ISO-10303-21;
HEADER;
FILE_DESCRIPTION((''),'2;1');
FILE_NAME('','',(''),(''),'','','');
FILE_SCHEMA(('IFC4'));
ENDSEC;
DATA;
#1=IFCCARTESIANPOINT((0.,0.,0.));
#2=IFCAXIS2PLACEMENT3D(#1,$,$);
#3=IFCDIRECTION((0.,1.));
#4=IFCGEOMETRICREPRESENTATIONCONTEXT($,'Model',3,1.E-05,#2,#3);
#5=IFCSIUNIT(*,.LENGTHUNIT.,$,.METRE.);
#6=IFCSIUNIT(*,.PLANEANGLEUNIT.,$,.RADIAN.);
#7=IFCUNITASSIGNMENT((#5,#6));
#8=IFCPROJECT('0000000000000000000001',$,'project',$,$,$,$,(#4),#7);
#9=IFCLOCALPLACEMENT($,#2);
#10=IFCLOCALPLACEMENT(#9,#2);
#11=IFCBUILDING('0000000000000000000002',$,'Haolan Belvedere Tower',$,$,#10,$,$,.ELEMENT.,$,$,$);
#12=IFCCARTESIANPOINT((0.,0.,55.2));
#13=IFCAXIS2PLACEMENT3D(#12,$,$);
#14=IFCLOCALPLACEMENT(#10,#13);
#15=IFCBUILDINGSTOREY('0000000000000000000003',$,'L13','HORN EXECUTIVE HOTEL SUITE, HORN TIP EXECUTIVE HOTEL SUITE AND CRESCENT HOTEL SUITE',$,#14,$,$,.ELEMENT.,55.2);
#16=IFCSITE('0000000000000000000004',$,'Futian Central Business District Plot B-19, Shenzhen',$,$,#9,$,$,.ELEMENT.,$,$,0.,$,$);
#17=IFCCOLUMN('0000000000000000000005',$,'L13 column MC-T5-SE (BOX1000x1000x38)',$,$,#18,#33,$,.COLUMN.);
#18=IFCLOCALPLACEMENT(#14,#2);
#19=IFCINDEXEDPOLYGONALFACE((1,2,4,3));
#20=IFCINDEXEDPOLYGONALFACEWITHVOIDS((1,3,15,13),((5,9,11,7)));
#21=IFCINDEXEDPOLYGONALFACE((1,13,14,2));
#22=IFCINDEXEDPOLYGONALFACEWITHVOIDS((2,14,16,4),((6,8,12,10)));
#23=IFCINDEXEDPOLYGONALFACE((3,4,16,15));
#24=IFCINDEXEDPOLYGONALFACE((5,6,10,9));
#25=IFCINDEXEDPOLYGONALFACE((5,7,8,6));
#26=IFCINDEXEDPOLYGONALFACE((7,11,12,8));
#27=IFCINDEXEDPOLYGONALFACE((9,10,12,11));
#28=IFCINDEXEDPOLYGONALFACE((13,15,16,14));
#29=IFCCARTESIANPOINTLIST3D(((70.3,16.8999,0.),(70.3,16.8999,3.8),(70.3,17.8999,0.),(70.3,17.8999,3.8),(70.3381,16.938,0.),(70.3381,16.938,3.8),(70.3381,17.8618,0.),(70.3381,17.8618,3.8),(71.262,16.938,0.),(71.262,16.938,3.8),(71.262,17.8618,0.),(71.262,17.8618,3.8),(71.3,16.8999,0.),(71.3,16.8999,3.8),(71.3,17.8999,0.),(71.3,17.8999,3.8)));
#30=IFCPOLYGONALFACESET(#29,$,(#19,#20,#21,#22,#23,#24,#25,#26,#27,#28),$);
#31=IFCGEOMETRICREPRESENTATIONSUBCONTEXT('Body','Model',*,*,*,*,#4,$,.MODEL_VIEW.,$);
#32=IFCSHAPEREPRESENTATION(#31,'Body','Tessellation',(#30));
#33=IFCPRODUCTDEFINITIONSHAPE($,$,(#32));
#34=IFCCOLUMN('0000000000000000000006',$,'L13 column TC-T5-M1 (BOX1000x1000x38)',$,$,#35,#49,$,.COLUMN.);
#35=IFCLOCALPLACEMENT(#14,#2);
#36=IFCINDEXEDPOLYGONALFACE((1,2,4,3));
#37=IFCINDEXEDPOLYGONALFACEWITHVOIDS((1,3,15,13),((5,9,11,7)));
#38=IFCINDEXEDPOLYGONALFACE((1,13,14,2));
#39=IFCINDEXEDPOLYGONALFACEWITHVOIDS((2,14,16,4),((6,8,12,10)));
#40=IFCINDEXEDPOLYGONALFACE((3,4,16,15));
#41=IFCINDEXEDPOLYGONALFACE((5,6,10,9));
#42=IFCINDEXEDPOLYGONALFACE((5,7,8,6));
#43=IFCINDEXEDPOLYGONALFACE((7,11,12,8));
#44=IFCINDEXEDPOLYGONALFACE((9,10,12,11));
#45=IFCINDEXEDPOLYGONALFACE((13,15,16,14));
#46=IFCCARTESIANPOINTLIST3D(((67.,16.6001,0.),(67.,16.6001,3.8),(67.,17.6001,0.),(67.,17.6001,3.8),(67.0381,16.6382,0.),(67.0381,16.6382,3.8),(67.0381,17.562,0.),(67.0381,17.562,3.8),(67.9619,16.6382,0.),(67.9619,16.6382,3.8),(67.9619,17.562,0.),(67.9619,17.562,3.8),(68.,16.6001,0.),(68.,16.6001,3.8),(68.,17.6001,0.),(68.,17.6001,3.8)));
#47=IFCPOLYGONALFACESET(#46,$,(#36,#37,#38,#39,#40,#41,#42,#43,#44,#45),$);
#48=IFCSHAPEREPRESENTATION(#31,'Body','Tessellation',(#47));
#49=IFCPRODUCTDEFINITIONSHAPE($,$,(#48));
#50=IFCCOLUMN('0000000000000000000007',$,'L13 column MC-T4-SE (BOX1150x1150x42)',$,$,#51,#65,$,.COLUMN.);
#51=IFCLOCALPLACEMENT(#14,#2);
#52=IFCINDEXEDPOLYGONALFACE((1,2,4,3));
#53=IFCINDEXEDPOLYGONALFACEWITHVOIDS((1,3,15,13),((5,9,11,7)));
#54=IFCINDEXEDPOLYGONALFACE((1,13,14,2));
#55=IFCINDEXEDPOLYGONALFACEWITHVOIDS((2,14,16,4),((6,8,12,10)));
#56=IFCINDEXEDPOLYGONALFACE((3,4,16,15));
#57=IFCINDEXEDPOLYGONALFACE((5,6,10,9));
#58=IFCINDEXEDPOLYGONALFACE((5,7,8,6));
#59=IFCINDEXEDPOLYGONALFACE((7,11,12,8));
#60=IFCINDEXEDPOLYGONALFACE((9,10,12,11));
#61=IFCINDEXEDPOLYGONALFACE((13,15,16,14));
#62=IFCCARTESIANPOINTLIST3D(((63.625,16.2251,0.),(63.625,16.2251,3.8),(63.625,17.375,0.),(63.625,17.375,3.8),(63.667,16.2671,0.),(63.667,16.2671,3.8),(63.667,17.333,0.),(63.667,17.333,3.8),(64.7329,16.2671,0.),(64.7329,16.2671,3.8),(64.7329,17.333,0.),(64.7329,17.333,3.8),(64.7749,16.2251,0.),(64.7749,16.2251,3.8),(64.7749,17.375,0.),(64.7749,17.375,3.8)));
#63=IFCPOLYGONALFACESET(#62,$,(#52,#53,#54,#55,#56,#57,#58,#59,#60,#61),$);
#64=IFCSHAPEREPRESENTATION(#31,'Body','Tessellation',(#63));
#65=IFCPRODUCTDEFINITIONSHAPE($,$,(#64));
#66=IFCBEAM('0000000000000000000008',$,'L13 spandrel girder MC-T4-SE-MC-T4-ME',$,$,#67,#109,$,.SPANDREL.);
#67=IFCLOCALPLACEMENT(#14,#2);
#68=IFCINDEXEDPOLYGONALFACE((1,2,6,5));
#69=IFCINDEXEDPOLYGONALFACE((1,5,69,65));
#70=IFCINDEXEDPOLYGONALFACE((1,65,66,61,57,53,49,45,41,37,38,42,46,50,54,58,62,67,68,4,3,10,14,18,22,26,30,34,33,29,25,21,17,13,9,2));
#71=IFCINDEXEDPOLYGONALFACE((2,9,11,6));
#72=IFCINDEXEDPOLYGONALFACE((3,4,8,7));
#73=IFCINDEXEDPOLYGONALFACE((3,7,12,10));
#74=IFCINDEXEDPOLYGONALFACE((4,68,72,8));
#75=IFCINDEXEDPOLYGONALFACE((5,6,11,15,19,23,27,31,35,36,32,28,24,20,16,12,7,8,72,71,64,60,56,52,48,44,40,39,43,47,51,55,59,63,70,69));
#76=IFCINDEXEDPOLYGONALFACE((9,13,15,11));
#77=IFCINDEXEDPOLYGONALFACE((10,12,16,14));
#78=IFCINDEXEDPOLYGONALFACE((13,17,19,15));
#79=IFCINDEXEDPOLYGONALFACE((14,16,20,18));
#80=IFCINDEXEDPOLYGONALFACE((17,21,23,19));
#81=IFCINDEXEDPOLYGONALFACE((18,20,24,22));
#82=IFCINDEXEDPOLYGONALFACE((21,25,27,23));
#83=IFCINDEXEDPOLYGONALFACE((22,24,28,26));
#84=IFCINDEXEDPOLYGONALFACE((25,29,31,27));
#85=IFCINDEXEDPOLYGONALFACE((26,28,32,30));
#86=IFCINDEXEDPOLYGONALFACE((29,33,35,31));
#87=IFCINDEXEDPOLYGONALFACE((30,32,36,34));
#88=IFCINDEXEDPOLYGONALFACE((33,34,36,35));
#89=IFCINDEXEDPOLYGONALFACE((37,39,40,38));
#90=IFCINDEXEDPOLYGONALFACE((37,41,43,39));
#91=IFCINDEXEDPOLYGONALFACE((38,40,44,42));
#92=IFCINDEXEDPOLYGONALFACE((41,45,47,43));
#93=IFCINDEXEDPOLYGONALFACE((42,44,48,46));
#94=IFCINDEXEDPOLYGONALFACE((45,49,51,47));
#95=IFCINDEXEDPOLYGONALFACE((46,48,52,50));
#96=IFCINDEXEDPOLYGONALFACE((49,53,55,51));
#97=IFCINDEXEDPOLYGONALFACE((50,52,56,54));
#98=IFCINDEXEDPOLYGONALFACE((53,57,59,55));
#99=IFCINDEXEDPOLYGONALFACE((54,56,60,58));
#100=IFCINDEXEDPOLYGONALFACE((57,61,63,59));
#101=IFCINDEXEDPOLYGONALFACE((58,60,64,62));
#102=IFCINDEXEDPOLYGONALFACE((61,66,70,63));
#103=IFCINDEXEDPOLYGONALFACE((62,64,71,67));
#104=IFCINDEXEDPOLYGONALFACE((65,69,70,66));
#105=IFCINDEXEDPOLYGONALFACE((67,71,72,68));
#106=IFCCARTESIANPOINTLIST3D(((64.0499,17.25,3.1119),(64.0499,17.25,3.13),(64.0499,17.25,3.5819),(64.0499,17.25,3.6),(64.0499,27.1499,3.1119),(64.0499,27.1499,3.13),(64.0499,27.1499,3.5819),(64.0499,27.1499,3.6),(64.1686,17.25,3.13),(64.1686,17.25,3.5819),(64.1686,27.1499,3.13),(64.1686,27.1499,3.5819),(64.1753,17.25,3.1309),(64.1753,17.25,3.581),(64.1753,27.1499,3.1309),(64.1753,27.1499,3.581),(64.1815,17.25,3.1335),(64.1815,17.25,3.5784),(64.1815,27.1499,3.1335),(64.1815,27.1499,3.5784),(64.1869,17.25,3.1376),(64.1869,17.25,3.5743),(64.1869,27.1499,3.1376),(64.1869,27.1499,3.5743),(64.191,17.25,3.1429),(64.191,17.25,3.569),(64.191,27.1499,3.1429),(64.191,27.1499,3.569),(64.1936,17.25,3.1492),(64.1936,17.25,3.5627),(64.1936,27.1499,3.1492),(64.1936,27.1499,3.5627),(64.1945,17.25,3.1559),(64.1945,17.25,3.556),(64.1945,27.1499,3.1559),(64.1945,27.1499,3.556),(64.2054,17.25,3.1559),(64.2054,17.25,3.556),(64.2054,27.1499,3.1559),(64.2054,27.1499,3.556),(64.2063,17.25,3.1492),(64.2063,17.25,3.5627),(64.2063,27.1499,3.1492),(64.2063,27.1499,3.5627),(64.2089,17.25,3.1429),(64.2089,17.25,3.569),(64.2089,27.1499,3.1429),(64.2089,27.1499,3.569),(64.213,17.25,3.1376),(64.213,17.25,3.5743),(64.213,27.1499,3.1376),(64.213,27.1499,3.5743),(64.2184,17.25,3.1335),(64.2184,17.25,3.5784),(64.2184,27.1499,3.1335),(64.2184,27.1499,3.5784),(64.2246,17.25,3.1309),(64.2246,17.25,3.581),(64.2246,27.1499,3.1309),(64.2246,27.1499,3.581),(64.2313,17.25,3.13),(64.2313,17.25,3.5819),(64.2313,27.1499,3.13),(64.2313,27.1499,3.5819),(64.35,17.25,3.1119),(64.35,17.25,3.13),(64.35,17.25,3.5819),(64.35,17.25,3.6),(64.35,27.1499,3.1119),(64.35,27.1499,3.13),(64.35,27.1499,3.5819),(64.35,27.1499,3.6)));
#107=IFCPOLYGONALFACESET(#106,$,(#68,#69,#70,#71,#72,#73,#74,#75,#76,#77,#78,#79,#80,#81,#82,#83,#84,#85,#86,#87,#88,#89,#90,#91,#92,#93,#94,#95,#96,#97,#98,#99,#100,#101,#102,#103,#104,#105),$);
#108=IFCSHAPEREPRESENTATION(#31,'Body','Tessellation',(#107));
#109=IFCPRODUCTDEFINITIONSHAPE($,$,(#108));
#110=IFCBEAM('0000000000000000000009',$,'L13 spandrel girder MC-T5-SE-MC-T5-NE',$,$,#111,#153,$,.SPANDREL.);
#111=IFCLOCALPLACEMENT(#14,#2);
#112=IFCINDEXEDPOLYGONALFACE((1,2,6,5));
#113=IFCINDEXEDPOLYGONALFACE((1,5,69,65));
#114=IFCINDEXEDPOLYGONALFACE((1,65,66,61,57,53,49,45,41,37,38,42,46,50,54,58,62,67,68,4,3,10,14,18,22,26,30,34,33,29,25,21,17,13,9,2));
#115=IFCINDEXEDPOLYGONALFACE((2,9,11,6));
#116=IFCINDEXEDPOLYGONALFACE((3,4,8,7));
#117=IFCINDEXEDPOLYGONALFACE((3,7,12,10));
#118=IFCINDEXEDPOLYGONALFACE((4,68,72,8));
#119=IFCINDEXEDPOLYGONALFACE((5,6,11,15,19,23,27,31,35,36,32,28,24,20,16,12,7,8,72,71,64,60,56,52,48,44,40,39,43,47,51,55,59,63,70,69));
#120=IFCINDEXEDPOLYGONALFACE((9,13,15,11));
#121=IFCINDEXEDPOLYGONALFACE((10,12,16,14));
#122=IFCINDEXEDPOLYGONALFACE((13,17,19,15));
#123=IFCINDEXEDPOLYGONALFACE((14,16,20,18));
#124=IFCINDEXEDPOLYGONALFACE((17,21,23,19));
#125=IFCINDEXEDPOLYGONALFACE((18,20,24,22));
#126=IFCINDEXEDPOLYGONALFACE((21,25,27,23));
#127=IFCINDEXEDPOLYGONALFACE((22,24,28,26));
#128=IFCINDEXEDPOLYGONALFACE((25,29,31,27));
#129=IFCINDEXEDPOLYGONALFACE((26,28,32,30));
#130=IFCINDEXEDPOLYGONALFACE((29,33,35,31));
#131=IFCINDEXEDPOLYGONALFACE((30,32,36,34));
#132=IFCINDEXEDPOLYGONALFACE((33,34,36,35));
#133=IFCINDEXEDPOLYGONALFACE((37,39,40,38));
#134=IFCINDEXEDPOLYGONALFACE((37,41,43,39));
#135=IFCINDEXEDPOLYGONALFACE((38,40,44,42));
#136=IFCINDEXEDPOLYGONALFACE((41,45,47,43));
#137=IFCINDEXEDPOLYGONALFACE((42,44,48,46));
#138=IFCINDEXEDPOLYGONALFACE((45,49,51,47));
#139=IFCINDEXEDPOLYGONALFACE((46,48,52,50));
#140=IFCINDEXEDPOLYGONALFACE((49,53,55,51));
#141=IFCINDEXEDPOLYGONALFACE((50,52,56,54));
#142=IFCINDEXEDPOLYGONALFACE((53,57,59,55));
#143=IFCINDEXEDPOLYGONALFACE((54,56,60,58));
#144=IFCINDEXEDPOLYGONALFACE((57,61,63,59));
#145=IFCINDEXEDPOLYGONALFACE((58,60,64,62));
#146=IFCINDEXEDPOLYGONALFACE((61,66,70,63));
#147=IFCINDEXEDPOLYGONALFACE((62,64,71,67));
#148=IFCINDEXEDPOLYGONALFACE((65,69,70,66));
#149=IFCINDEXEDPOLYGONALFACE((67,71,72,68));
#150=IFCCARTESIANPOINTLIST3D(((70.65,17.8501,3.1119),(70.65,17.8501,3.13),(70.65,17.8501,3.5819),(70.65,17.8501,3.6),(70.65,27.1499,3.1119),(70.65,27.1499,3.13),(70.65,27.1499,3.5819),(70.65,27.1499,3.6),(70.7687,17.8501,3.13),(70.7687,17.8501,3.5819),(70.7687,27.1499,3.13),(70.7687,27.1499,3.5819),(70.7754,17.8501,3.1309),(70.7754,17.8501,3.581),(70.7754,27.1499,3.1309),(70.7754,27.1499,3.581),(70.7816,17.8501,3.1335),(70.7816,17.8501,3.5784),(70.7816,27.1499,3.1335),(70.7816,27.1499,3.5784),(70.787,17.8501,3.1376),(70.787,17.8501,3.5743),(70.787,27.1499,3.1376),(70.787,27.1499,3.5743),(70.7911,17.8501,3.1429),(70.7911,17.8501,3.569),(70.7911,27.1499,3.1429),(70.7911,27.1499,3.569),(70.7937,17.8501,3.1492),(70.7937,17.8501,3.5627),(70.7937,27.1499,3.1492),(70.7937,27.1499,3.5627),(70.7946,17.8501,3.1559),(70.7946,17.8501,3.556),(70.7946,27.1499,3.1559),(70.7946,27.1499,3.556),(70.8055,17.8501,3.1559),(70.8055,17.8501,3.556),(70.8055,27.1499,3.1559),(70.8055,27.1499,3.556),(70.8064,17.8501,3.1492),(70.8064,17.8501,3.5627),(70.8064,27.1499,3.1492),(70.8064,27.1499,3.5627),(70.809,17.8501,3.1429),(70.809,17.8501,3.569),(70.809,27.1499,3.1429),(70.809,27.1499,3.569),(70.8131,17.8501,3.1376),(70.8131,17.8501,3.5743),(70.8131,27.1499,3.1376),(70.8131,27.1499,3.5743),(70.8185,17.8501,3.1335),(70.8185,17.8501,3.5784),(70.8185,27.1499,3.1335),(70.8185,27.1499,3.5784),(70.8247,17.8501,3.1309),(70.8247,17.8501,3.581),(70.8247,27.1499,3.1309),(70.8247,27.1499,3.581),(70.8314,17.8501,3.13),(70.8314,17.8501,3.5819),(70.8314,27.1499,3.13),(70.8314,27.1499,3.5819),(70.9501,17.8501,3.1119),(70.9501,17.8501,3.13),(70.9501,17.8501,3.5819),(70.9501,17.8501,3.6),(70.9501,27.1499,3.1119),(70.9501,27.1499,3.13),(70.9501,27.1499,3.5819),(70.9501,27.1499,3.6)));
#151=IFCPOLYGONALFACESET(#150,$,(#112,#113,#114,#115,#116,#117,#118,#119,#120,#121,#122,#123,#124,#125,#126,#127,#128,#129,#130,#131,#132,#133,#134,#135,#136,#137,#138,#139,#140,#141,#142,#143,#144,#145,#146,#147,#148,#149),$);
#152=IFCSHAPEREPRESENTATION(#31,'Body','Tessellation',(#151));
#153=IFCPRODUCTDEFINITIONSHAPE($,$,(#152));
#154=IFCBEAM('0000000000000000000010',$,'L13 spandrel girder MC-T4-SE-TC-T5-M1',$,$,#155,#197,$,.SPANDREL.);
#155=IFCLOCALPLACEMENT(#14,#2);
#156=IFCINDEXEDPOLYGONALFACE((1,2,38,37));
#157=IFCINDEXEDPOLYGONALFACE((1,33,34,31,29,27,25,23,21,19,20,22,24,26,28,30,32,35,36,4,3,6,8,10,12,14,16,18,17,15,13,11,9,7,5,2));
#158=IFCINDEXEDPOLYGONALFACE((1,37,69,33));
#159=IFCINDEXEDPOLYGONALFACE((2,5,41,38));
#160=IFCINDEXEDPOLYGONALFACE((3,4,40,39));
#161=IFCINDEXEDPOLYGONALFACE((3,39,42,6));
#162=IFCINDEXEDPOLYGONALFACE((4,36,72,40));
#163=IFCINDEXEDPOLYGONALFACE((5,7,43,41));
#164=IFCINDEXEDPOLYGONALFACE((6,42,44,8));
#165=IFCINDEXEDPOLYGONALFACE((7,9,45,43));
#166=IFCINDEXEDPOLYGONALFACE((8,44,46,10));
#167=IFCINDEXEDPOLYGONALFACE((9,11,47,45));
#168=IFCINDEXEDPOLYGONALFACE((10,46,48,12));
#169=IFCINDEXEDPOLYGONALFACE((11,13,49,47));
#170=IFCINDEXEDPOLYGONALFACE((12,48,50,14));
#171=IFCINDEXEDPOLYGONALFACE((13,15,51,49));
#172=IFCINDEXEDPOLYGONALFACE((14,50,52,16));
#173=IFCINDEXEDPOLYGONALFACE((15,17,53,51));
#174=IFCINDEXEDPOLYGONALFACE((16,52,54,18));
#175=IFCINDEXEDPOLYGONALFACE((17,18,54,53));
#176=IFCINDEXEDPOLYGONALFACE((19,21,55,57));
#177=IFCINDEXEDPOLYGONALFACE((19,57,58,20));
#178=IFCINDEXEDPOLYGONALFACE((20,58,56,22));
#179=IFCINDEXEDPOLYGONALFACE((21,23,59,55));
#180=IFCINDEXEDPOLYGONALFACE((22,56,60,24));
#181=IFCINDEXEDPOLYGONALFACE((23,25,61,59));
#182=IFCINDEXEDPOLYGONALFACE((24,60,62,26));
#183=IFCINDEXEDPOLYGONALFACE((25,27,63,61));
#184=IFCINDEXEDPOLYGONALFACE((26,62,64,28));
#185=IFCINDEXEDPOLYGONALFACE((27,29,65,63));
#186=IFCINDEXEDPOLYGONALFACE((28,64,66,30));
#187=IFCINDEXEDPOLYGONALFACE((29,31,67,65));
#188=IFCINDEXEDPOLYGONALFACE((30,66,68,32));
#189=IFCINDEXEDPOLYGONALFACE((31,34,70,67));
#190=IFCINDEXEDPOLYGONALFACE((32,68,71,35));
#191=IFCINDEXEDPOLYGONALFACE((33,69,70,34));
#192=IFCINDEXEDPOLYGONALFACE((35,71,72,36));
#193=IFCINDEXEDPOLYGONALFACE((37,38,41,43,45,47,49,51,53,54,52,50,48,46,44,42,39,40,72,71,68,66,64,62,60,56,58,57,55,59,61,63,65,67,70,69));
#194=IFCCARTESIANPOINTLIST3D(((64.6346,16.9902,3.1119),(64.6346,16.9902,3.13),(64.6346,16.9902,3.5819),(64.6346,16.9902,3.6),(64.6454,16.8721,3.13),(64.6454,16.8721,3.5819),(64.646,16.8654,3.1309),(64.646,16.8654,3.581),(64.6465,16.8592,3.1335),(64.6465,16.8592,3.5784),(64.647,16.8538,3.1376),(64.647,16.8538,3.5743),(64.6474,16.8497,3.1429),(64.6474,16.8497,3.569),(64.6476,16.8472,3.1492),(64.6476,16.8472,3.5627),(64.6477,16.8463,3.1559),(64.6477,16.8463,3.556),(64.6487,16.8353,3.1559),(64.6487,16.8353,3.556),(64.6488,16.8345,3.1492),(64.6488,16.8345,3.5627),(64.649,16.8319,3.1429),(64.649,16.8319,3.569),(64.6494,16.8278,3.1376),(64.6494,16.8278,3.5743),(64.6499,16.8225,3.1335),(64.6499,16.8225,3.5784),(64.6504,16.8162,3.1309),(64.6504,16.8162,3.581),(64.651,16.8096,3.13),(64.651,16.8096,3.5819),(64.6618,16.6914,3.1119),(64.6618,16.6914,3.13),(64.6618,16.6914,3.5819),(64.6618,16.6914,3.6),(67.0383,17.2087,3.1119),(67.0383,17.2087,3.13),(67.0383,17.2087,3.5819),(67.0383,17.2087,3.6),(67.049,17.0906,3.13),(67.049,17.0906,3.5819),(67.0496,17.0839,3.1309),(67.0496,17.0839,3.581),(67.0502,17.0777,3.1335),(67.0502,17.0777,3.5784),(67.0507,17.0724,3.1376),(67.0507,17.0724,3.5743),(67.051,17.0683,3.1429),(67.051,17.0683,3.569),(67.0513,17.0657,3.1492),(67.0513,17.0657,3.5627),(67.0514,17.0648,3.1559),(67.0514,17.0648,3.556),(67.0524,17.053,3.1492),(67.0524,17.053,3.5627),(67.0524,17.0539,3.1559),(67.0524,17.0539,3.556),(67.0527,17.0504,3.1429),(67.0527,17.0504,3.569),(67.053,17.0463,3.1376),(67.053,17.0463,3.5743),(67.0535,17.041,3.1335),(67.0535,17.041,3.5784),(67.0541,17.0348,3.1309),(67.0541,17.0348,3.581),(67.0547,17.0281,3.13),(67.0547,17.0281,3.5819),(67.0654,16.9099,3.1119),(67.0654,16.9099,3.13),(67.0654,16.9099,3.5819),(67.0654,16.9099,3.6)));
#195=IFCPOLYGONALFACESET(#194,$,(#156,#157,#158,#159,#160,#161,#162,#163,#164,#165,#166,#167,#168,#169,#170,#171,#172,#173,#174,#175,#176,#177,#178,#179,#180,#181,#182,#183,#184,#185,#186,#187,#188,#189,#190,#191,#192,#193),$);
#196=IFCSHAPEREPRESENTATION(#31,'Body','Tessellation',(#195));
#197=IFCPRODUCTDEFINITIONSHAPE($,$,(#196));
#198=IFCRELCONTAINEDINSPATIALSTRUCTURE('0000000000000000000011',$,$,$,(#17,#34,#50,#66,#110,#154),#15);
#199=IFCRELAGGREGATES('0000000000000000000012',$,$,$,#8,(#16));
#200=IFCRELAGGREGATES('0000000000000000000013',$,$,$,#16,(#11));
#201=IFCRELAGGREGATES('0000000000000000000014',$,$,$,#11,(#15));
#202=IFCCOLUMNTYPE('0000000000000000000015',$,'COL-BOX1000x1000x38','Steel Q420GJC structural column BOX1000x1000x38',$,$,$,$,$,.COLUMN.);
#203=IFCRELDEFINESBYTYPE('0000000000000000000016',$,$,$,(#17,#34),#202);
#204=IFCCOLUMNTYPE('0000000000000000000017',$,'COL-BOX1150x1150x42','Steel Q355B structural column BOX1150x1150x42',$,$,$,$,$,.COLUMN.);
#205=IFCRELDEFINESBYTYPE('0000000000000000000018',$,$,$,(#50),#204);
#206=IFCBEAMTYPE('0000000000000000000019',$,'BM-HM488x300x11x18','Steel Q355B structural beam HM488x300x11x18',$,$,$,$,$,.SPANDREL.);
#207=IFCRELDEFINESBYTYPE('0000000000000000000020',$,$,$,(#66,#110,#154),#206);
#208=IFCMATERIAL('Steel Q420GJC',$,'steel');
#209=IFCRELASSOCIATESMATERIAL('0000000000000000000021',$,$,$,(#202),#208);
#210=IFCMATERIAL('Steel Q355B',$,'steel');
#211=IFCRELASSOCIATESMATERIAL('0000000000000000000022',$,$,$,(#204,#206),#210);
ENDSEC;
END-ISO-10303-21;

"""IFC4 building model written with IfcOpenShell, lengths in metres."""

from ifc_helpers import new_model, si_unit, direction, frame, origin, origin_2d, place, context, subcontext, project, spatial, hollow_rectangle, i_section, extrude, material, material_profile, profile_set, type_object, element, save


model = new_model("IFC4")

# Units and contexts
model_context = context("Model", 3, precision=1e-05, world=origin(), true_north=direction((0.0, 1.0)))
body_context = subcontext(model_context, "Body", "Model", "MODEL_VIEW")
ifc_project = project(units=[si_unit("LENGTHUNIT", "METRE"), si_unit("PLANEANGLEUNIT", "RADIAN")], contexts=[model_context])

# Site, building, storey
site_placement = place(None, origin())
site = spatial("IfcSite", under=ifc_project, at=site_placement, Name="Futian Central Business District Plot B-19, Shenzhen", CompositionType="ELEMENT", RefElevation=0.0)
building_placement = place(site_placement, origin())
building = spatial("IfcBuilding", under=site, at=building_placement, Name="Haolan Belvedere Tower", CompositionType="ELEMENT")
storey_placement = place(building_placement, frame((0.0, 0.0, 55.2)))
storey = spatial("IfcBuildingStorey", under=building, at=storey_placement, Name="L13", Description="HORN EXECUTIVE HOTEL SUITE, HORN TIP EXECUTIVE HOTEL SUITE AND CRESCENT HOTEL SUITE", CompositionType="ELEMENT", Elevation=55.2)

# Columns
ifc_material_1 = material(Name="Steel Q420GJC", Category="steel")
ifc_material_profile_1 = material_profile(ifc_material_1, hollow_rectangle(XDim=1.0, YDim=1.0, WallThickness=0.0381, at=origin_2d()), Name="Steel Q420GJC")
ifc_profile_set_1 = profile_set([ifc_material_profile_1], Name="Steel Q420GJC")
column_type_1 = type_object("IfcColumnType", Name="COL-BOX1000x1000x38", Description="Steel Q420GJC structural column BOX1000x1000x38", PredefinedType="COLUMN", material=ifc_profile_set_1)
for number, where, z_axis, x_axis, name in (
    (1, (70.8, 17.3999, 0.0), (0.0, 0.0, 1.0), (1.0, 0.0, 0.0), "L13 column MC-T5-SE (BOX1000x1000x38)"),
    (2, (67.5, 17.1001, 0.0), (0.0, 0.0, 1.0), (1.0, 0.0, 0.0), "L13 column TC-T5-M1 (BOX1000x1000x38)"),
):
    element("IfcColumn", number, at=place(storey_placement, frame(where, z_axis=z_axis, x_axis=x_axis)), inside=storey, type_object=column_type_1, Name=name, PredefinedType="COLUMN", context=body_context, shape_type="SweptSolid", body=[
        extrude(hollow_rectangle(XDim=1.0, YDim=1.0, WallThickness=0.0381, at=origin_2d()), origin(), (0.0, 0.0, 1.0), 3.8),
    ])
ifc_material_2 = material(Name="Steel Q355B", Category="steel")
ifc_material_profile_2 = material_profile(ifc_material_2, hollow_rectangle(XDim=1.1499, YDim=1.1499, WallThickness=0.042, at=origin_2d()), Name="Steel Q355B")
ifc_profile_set_2 = profile_set([ifc_material_profile_2], Name="Steel Q355B")
column_type_2 = type_object("IfcColumnType", Name="COL-BOX1150x1150x42", Description="Steel Q355B structural column BOX1150x1150x42", PredefinedType="COLUMN", material=ifc_profile_set_2)
column_placement = place(storey_placement, frame((64.2, 16.8, 0.0), z_axis=(0.0, 0.0, 1.0), x_axis=(1.0, 0.0, 0.0)))
element("IfcColumn", 3, at=column_placement, inside=storey, type_object=column_type_2, Name="L13 column MC-T4-SE (BOX1150x1150x42)", PredefinedType="COLUMN", context=body_context, shape_type="SweptSolid", body=[
    extrude(hollow_rectangle(XDim=1.1499, YDim=1.1499, WallThickness=0.042, at=origin_2d()), origin(), (0.0, 0.0, 1.0), 3.8),
])

# Beams
ifc_material_profile_3 = material_profile(ifc_material_2, i_section(OverallWidth=0.3, OverallDepth=0.488, WebThickness=0.011, FlangeThickness=0.0181, FilletRadius=0.0259, at=origin_2d()), Name="Steel Q355B")
ifc_profile_set_3 = profile_set([ifc_material_profile_3], Name="Steel Q355B")
beam_type = type_object("IfcBeamType", Name="BM-HM488x300x11x18", Description="Steel Q355B structural beam HM488x300x11x18", PredefinedType="SPANDREL", material=ifc_profile_set_3)
beam_1_placement = place(storey_placement, frame((64.2, 17.25, 3.356), z_axis=(0.0, 1.0, 0.0), x_axis=(-1.0, 0.0, 0.0)))
element("IfcBeam", 4, at=beam_1_placement, inside=storey, type_object=beam_type, Name="L13 spandrel girder MC-T4-SE-MC-T4-ME", PredefinedType="SPANDREL", context=body_context, shape_type="SweptSolid", body=[
    extrude(i_section(OverallWidth=0.3, OverallDepth=0.488, WebThickness=0.011, FlangeThickness=0.0181, FilletRadius=0.0259, at=origin_2d()), origin(), (0.0, 0.0, 1.0), 9.8999),
])
beam_2_placement = place(storey_placement, frame((70.8, 17.8501, 3.356), z_axis=(0.0, 1.0, 0.0), x_axis=(-1.0, 0.0, 0.0)))
element("IfcBeam", 5, at=beam_2_placement, inside=storey, type_object=beam_type, Name="L13 spandrel girder MC-T5-SE-MC-T5-NE", PredefinedType="SPANDREL", context=body_context, shape_type="SweptSolid", body=[
    extrude(i_section(OverallWidth=0.3, OverallDepth=0.488, WebThickness=0.011, FlangeThickness=0.0181, FilletRadius=0.0259, at=origin_2d()), origin(), (0.0, 0.0, 1.0), 9.2998),
])
for number, where, z_axis, x_axis, name in (
    (6, (64.6482, 16.8408, 3.356), (0.995893, 0.090536, 0.0), (-0.090536, 0.995893, 0.0), "L13 spandrel girder MC-T4-SE-TC-T5-M1"),
):
    element("IfcBeam", number, at=place(storey_placement, frame(where, z_axis=z_axis, x_axis=x_axis)), inside=storey, type_object=beam_type, Name=name, PredefinedType="SPANDREL", context=body_context, shape_type="SweptSolid", body=[
        extrude(i_section(OverallWidth=0.3, OverallDepth=0.488, WebThickness=0.011, FlangeThickness=0.0181, FilletRadius=0.0259, at=origin_2d()), origin(), (0.0, 0.0, 1.0), 2.4136),
    ])

save(model, "model.ifc")
